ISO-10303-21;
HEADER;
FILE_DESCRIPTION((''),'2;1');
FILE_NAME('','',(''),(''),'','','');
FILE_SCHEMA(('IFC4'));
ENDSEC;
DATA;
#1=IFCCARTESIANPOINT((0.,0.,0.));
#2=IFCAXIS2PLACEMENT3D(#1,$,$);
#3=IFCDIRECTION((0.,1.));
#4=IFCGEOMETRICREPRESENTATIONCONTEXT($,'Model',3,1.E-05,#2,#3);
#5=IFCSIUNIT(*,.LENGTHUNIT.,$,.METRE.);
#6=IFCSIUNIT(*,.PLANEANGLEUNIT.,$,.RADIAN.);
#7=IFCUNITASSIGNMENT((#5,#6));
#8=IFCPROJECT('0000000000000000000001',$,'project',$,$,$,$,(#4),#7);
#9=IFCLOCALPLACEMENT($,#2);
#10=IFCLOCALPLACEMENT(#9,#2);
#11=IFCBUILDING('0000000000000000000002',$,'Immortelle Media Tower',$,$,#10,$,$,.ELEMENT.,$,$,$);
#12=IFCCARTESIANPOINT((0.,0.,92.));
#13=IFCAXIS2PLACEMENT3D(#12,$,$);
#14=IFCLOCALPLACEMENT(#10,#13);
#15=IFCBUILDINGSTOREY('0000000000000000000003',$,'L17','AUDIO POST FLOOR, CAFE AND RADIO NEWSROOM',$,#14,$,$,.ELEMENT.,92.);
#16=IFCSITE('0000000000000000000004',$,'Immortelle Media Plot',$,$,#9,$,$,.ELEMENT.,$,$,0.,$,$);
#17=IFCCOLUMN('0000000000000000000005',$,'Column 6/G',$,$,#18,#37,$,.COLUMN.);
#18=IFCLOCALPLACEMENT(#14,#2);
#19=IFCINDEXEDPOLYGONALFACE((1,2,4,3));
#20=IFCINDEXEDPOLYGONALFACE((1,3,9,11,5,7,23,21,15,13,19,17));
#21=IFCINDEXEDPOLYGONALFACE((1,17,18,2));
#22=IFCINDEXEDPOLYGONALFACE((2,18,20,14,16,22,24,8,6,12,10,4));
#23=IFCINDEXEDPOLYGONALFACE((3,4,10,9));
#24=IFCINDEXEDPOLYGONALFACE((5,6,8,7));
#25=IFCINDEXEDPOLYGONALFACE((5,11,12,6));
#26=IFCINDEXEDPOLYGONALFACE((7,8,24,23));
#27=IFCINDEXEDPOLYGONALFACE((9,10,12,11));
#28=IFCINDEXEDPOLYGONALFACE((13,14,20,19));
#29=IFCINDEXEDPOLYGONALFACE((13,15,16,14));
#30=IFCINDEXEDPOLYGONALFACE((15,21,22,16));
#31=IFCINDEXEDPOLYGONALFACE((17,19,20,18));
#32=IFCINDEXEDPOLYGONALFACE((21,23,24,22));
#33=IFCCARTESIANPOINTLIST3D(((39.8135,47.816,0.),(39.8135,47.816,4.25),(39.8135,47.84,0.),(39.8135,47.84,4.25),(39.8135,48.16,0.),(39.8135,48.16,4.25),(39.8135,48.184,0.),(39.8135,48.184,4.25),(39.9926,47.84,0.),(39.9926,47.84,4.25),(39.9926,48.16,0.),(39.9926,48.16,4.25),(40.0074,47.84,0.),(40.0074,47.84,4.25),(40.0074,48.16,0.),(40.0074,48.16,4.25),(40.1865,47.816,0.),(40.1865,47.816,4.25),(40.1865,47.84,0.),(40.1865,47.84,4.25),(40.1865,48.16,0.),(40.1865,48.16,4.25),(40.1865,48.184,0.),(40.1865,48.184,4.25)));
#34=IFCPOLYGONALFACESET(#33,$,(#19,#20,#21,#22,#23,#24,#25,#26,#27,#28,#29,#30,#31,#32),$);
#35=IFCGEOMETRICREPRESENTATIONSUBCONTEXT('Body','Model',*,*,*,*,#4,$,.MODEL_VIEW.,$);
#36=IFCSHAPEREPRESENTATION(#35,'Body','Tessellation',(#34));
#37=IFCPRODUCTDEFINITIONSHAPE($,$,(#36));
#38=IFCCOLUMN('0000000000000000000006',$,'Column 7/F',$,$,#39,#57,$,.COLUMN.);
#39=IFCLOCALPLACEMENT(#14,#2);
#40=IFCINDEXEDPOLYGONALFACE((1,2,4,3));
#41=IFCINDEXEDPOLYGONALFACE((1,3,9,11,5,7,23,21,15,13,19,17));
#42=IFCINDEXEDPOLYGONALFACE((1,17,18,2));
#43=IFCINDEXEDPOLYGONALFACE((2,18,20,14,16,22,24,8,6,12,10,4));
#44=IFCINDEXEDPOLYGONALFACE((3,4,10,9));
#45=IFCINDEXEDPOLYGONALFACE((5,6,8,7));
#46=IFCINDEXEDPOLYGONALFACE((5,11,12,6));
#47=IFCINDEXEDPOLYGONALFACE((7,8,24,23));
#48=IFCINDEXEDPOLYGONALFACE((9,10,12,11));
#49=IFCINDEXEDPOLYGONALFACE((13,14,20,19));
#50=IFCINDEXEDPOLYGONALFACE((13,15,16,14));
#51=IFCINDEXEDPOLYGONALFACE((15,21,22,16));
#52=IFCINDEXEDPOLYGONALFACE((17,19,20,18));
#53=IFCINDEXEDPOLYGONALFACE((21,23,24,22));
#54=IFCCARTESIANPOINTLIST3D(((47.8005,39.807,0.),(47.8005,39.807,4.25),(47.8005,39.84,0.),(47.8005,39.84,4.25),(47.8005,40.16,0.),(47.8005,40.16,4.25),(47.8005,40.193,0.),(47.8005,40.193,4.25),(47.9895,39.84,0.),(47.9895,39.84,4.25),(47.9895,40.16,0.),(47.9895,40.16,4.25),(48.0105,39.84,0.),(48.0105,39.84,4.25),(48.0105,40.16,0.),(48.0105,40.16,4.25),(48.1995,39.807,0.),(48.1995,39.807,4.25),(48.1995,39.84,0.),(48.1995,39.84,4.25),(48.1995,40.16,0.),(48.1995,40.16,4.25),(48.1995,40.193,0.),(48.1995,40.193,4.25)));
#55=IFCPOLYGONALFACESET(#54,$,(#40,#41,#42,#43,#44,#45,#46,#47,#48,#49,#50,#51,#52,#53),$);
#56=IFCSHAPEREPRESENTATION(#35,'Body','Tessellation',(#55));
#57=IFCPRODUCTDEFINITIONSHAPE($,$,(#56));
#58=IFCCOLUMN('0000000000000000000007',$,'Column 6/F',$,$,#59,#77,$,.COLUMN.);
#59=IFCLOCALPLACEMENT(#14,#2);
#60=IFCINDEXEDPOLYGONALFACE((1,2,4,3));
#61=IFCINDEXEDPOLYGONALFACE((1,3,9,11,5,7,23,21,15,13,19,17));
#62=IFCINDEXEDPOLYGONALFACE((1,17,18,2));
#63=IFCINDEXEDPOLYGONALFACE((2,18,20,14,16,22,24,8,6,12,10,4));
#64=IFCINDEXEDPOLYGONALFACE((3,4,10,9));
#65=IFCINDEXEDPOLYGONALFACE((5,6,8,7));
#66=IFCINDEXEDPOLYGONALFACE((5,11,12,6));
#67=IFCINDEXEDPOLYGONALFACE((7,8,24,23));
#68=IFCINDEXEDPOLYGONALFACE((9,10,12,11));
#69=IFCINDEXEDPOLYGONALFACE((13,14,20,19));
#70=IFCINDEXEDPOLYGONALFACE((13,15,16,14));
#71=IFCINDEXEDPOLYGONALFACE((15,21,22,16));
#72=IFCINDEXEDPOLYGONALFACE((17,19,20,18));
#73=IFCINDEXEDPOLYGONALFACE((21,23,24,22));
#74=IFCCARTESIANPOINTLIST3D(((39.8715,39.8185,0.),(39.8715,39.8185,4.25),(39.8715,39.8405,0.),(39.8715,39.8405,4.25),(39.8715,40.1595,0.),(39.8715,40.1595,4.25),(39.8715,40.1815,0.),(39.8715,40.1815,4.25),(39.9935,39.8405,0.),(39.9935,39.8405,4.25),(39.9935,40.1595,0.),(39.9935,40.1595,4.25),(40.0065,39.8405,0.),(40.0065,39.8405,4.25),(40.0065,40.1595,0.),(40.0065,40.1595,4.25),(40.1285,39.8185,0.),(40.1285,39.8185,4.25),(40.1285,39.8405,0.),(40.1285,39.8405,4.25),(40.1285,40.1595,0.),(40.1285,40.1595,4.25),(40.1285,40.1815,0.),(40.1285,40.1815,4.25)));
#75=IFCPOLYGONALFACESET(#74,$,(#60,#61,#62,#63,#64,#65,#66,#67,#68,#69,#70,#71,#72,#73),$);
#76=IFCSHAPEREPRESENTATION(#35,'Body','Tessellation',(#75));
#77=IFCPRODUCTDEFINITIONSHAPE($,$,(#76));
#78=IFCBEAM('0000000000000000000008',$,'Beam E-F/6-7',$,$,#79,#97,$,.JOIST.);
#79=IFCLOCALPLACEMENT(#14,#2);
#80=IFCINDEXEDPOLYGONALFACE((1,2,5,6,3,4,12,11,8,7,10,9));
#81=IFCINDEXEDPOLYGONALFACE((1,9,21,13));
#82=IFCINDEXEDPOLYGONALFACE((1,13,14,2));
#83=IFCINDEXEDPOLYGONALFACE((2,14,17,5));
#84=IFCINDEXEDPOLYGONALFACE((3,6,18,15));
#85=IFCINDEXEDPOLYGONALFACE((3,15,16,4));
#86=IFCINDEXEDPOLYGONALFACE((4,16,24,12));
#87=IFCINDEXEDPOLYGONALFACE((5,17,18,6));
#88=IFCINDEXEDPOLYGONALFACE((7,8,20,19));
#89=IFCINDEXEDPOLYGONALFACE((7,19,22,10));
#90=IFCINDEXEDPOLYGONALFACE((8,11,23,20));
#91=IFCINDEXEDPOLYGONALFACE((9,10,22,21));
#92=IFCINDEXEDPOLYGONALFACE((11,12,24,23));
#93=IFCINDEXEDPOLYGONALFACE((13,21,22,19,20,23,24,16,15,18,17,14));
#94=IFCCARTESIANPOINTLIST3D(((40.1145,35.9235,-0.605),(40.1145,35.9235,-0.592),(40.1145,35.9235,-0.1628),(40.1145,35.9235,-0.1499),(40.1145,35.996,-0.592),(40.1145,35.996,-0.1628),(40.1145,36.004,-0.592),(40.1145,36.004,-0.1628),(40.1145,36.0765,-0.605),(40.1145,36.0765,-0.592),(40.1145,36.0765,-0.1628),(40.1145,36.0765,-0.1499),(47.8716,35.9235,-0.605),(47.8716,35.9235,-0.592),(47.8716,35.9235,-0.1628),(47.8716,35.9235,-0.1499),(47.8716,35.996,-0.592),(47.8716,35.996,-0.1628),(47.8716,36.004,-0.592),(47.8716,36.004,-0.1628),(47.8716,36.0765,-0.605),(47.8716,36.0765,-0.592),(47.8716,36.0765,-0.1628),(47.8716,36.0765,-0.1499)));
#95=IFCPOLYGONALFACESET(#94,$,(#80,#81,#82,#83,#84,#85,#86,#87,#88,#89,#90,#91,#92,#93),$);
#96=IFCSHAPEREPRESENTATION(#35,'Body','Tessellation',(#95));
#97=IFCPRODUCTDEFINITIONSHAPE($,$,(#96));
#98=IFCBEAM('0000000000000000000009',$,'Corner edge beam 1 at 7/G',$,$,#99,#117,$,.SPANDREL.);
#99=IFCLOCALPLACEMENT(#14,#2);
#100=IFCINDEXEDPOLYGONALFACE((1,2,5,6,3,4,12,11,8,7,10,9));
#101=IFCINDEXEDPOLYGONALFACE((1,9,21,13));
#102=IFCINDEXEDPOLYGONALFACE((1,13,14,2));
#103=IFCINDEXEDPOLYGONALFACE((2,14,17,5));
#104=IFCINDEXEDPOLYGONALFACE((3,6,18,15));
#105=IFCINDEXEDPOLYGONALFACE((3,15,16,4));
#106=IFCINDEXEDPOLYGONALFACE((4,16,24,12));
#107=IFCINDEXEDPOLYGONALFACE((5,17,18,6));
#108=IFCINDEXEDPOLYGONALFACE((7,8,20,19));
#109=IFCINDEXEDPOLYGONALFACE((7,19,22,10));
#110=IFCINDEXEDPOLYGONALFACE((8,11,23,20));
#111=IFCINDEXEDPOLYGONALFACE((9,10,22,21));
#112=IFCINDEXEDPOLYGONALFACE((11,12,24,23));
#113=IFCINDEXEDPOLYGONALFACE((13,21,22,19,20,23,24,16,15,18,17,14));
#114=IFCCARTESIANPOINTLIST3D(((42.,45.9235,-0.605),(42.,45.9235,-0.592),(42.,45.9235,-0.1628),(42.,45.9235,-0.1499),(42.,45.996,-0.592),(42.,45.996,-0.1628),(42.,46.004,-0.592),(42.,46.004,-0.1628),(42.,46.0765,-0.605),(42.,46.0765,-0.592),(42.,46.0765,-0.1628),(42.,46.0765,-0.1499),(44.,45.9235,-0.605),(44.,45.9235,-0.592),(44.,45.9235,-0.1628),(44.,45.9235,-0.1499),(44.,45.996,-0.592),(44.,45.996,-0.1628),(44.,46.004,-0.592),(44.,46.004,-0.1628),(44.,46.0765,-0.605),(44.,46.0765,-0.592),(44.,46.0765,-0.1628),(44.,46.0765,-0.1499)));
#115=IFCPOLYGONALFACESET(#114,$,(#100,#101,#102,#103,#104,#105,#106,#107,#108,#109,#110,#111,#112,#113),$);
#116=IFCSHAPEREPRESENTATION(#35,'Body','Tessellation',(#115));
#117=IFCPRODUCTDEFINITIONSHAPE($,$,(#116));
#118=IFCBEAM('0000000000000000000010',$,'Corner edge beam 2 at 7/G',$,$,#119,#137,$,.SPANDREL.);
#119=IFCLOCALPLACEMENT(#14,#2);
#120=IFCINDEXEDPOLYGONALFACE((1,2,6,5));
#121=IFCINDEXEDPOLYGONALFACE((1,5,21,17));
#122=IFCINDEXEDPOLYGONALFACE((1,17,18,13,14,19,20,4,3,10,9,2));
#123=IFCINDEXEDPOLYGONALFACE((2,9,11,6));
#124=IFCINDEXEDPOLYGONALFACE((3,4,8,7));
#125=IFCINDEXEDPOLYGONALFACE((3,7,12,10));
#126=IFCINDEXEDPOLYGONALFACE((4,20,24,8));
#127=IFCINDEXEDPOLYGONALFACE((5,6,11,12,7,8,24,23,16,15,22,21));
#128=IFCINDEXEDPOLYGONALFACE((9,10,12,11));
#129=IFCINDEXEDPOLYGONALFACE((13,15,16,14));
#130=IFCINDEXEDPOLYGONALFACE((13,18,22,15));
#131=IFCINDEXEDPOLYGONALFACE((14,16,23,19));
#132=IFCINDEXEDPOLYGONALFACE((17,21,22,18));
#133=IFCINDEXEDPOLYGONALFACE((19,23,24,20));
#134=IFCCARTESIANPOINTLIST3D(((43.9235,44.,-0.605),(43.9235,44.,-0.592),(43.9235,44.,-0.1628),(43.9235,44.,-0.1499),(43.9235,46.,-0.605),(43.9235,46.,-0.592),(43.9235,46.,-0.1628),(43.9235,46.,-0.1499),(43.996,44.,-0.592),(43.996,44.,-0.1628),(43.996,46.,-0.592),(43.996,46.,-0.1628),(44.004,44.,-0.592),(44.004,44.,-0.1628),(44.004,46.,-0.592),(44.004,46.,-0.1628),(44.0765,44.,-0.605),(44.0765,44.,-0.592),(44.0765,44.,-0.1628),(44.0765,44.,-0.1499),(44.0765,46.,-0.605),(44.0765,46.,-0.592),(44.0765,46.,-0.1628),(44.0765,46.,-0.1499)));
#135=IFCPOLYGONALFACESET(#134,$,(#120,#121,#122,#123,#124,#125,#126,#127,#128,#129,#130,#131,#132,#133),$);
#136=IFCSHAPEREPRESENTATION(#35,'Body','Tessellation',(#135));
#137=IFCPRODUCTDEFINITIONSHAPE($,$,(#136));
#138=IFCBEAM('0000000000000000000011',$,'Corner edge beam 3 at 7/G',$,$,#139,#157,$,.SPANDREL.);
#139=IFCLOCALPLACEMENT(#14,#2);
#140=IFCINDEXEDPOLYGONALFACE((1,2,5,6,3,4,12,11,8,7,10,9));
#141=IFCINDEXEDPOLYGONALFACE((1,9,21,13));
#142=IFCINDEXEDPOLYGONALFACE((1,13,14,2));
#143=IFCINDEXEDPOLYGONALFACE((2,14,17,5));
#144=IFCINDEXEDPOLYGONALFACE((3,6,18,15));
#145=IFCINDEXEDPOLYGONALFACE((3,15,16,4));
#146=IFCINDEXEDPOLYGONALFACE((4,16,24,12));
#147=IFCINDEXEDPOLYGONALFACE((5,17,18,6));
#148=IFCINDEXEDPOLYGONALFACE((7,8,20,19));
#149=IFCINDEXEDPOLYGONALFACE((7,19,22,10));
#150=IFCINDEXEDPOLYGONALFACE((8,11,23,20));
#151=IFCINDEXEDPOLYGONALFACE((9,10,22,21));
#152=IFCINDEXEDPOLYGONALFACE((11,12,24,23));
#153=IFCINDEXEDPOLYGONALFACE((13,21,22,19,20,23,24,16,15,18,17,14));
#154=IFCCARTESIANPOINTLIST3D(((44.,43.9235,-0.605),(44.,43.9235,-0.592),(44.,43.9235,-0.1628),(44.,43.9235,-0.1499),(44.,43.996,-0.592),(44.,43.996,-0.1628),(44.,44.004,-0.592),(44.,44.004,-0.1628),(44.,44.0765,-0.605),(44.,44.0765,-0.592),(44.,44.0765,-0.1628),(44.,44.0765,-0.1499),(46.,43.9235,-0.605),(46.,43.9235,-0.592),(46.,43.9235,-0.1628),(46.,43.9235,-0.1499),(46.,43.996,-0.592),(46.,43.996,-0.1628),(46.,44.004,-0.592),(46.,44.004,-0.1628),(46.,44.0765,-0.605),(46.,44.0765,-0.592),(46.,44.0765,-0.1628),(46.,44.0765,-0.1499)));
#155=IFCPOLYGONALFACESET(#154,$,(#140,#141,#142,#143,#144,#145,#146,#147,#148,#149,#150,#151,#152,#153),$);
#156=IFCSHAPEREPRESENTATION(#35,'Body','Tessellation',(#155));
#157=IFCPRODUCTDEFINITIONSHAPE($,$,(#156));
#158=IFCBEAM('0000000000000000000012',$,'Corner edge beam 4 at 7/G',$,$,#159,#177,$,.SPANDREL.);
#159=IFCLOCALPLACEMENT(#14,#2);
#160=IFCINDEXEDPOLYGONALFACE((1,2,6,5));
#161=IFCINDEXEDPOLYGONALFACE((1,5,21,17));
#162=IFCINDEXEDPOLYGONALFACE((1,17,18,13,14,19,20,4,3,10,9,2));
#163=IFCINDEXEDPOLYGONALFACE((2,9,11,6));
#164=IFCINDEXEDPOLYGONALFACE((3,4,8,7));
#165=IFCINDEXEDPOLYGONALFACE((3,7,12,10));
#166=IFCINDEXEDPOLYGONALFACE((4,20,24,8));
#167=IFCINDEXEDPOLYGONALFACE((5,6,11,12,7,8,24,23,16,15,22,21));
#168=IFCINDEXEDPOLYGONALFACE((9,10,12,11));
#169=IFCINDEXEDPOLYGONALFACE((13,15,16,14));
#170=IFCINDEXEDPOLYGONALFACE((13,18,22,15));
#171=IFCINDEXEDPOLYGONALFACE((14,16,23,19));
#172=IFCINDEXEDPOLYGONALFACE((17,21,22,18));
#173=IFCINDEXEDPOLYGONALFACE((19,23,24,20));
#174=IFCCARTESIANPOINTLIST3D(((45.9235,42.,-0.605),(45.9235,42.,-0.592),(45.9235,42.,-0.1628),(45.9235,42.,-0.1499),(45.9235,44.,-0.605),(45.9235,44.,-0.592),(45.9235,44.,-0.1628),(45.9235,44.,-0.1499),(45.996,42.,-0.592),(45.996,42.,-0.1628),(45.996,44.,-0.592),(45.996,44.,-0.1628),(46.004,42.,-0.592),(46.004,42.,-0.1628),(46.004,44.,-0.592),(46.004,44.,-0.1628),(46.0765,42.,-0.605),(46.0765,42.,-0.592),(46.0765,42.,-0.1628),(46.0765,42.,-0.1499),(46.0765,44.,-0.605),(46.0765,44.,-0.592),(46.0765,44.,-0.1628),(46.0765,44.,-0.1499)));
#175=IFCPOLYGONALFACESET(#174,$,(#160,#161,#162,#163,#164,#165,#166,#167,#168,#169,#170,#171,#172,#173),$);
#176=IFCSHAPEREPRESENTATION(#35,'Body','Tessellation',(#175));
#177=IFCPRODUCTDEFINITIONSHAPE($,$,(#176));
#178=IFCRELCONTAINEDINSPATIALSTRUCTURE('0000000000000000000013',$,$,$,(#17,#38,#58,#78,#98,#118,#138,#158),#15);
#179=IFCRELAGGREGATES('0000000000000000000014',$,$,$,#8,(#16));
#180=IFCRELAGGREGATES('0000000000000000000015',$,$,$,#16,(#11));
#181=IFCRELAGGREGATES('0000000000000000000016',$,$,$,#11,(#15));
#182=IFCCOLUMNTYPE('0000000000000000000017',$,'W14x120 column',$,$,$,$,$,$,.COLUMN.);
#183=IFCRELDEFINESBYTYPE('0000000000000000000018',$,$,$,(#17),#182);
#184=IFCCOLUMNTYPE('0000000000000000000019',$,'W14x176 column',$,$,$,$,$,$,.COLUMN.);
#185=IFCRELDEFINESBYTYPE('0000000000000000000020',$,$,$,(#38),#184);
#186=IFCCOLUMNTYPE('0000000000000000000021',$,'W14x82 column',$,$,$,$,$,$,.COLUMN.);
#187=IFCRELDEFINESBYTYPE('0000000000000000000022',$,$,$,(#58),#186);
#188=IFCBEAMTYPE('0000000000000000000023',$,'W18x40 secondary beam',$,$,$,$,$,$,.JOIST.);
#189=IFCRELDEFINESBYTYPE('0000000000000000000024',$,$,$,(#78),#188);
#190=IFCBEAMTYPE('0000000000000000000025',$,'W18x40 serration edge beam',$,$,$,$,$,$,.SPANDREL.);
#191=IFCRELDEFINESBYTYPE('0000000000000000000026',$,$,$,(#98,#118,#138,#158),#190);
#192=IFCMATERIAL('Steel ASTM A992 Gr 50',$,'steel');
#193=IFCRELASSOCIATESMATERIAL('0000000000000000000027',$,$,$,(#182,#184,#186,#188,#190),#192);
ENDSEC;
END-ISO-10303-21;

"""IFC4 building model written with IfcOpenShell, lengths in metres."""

from ifc_helpers import new_model, si_unit, direction, frame, origin, origin_2d, place, context, subcontext, project, spatial, i_section, extrude, material, material_profile, profile_set, type_object, element, save


model = new_model("IFC4")

# Units and contexts
model_context = context("Model", 3, precision=1e-05, world=origin(), true_north=direction((0.0, 1.0)))
body_context = subcontext(model_context, "Body", "Model", "MODEL_VIEW")
ifc_project = project(units=[si_unit("LENGTHUNIT", "METRE"), si_unit("PLANEANGLEUNIT", "RADIAN")], contexts=[model_context])

# Site, building, storey
site_placement = place(None, origin())
site = spatial("IfcSite", under=ifc_project, at=site_placement, Name="Immortelle Media Plot", CompositionType="ELEMENT", RefElevation=0.0)
building_placement = place(site_placement, origin())
building = spatial("IfcBuilding", under=site, at=building_placement, Name="Immortelle Media Tower", CompositionType="ELEMENT")
storey_placement = place(building_placement, frame((0.0, 0.0, 92.0)))
storey = spatial("IfcBuildingStorey", under=building, at=storey_placement, Name="L17", Description="AUDIO POST FLOOR, CAFE AND RADIO NEWSROOM", CompositionType="ELEMENT", Elevation=92.0)

# Columns
ifc_material_1 = material(Name="Steel ASTM A992 Gr 50", Category="steel")
ifc_material_profile_1 = material_profile(ifc_material_1, i_section(OverallWidth=0.373, OverallDepth=0.3679, WebThickness=0.0149, FlangeThickness=0.0239, at=origin_2d()), Name="W14x120")
ifc_profile_set_1 = profile_set([ifc_material_profile_1], Name="Steel ASTM A992 Gr 50")
column_type_1 = type_object("IfcColumnType", Name="W14x120 column", PredefinedType="COLUMN", material=ifc_profile_set_1)
column_1_placement = place(storey_placement, frame((40.0, 48.0, 0.0), z_axis=(0.0, 0.0, 1.0), x_axis=(1.0, 0.0, 0.0)))
element("IfcColumn", 1, at=column_1_placement, inside=storey, type_object=column_type_1, Name="Column 6/G", PredefinedType="COLUMN", context=body_context, shape_type="SweptSolid", body=[
    extrude(i_section(OverallWidth=0.373, OverallDepth=0.3679, WebThickness=0.0149, FlangeThickness=0.0239, at=origin_2d()), origin(), (0.0, 0.0, 1.0), 4.25),
])
ifc_material_profile_2 = material_profile(ifc_material_1, i_section(OverallWidth=0.3989, OverallDepth=0.386, WebThickness=0.021, FlangeThickness=0.033, at=origin_2d()), Name="W14x176")
ifc_profile_set_2 = profile_set([ifc_material_profile_2], Name="Steel ASTM A992 Gr 50")
column_type_2 = type_object("IfcColumnType", Name="W14x176 column", PredefinedType="COLUMN", material=ifc_profile_set_2)
column_2_placement = place(storey_placement, frame((48.0, 40.0, 0.0), z_axis=(0.0, 0.0, 1.0), x_axis=(1.0, 0.0, 0.0)))
element("IfcColumn", 2, at=column_2_placement, inside=storey, type_object=column_type_2, Name="Column 7/F", PredefinedType="COLUMN", context=body_context, shape_type="SweptSolid", body=[
    extrude(i_section(OverallWidth=0.3989, OverallDepth=0.386, WebThickness=0.021, FlangeThickness=0.033, at=origin_2d()), origin(), (0.0, 0.0, 1.0), 4.25),
])
ifc_material_profile_3 = material_profile(ifc_material_1, i_section(OverallWidth=0.2571, OverallDepth=0.363, WebThickness=0.0129, FlangeThickness=0.022, at=origin_2d()), Name="W14x82")
ifc_profile_set_3 = profile_set([ifc_material_profile_3], Name="Steel ASTM A992 Gr 50")
column_type_3 = type_object("IfcColumnType", Name="W14x82 column", PredefinedType="COLUMN", material=ifc_profile_set_3)
column_3_placement = place(storey_placement, frame((40.0, 40.0, 0.0), z_axis=(0.0, 0.0, 1.0), x_axis=(1.0, 0.0, 0.0)))
element("IfcColumn", 3, at=column_3_placement, inside=storey, type_object=column_type_3, Name="Column 6/F", PredefinedType="COLUMN", context=body_context, shape_type="SweptSolid", body=[
    extrude(i_section(OverallWidth=0.2571, OverallDepth=0.363, WebThickness=0.0129, FlangeThickness=0.022, at=origin_2d()), origin(), (0.0, 0.0, 1.0), 4.25),
])

# Beams
ifc_material_profile_4 = material_profile(ifc_material_1, i_section(OverallWidth=0.1531, OverallDepth=0.4551, WebThickness=0.0081, FlangeThickness=0.0129, at=origin_2d()), Name="W18x40")
ifc_profile_set_4 = profile_set([ifc_material_profile_4], Name="Steel ASTM A992 Gr 50")
beam_type_1 = type_object("IfcBeamType", Name="W18x40 secondary beam", PredefinedType="JOIST", material=ifc_profile_set_4)
beam_1_placement = place(storey_placement, frame((40.1145, 36.0, -0.3774), z_axis=(1.0, 0.0, 0.0), x_axis=(0.0, 1.0, 0.0)))
element("IfcBeam", 4, at=beam_1_placement, inside=storey, type_object=beam_type_1, Name="Beam E-F/6-7", PredefinedType="JOIST", context=body_context, shape_type="SweptSolid", body=[
    extrude(i_section(OverallWidth=0.1531, OverallDepth=0.4551, WebThickness=0.0081, FlangeThickness=0.0129, at=origin_2d()), origin(), (0.0, 0.0, 1.0), 7.7571),
])
ifc_material_profile_5 = material_profile(ifc_material_1, i_section(OverallWidth=0.1531, OverallDepth=0.4551, WebThickness=0.0081, FlangeThickness=0.0129, at=origin_2d()), Name="W18x40")
ifc_profile_set_5 = profile_set([ifc_material_profile_5], Name="Steel ASTM A992 Gr 50")
beam_type_2 = type_object("IfcBeamType", Name="W18x40 serration edge beam", PredefinedType="SPANDREL", material=ifc_profile_set_5)
for number, where, z_axis, x_axis, name in (
    (5, (42.0, 46.0, -0.3774), (1.0, 0.0, 0.0), (0.0, 1.0, 0.0), "Corner edge beam 1 at 7/G"),
    (6, (44.0, 46.0, -0.3774), (0.0, -1.0, 0.0), (1.0, 0.0, 0.0), "Corner edge beam 2 at 7/G"),
    (7, (44.0, 44.0, -0.3774), (1.0, 0.0, 0.0), (0.0, 1.0, 0.0), "Corner edge beam 3 at 7/G"),
    (8, (46.0, 44.0, -0.3774), (0.0, -1.0, 0.0), (1.0, 0.0, 0.0), "Corner edge beam 4 at 7/G"),
):
    element("IfcBeam", number, at=place(storey_placement, frame(where, z_axis=z_axis, x_axis=x_axis)), inside=storey, type_object=beam_type_2, Name=name, PredefinedType="SPANDREL", context=body_context, shape_type="SweptSolid", body=[
        extrude(i_section(OverallWidth=0.1531, OverallDepth=0.4551, WebThickness=0.0081, FlangeThickness=0.0129, at=origin_2d()), origin(), (0.0, 0.0, 1.0), 2.0),
    ])

save(model, "model.ifc")
